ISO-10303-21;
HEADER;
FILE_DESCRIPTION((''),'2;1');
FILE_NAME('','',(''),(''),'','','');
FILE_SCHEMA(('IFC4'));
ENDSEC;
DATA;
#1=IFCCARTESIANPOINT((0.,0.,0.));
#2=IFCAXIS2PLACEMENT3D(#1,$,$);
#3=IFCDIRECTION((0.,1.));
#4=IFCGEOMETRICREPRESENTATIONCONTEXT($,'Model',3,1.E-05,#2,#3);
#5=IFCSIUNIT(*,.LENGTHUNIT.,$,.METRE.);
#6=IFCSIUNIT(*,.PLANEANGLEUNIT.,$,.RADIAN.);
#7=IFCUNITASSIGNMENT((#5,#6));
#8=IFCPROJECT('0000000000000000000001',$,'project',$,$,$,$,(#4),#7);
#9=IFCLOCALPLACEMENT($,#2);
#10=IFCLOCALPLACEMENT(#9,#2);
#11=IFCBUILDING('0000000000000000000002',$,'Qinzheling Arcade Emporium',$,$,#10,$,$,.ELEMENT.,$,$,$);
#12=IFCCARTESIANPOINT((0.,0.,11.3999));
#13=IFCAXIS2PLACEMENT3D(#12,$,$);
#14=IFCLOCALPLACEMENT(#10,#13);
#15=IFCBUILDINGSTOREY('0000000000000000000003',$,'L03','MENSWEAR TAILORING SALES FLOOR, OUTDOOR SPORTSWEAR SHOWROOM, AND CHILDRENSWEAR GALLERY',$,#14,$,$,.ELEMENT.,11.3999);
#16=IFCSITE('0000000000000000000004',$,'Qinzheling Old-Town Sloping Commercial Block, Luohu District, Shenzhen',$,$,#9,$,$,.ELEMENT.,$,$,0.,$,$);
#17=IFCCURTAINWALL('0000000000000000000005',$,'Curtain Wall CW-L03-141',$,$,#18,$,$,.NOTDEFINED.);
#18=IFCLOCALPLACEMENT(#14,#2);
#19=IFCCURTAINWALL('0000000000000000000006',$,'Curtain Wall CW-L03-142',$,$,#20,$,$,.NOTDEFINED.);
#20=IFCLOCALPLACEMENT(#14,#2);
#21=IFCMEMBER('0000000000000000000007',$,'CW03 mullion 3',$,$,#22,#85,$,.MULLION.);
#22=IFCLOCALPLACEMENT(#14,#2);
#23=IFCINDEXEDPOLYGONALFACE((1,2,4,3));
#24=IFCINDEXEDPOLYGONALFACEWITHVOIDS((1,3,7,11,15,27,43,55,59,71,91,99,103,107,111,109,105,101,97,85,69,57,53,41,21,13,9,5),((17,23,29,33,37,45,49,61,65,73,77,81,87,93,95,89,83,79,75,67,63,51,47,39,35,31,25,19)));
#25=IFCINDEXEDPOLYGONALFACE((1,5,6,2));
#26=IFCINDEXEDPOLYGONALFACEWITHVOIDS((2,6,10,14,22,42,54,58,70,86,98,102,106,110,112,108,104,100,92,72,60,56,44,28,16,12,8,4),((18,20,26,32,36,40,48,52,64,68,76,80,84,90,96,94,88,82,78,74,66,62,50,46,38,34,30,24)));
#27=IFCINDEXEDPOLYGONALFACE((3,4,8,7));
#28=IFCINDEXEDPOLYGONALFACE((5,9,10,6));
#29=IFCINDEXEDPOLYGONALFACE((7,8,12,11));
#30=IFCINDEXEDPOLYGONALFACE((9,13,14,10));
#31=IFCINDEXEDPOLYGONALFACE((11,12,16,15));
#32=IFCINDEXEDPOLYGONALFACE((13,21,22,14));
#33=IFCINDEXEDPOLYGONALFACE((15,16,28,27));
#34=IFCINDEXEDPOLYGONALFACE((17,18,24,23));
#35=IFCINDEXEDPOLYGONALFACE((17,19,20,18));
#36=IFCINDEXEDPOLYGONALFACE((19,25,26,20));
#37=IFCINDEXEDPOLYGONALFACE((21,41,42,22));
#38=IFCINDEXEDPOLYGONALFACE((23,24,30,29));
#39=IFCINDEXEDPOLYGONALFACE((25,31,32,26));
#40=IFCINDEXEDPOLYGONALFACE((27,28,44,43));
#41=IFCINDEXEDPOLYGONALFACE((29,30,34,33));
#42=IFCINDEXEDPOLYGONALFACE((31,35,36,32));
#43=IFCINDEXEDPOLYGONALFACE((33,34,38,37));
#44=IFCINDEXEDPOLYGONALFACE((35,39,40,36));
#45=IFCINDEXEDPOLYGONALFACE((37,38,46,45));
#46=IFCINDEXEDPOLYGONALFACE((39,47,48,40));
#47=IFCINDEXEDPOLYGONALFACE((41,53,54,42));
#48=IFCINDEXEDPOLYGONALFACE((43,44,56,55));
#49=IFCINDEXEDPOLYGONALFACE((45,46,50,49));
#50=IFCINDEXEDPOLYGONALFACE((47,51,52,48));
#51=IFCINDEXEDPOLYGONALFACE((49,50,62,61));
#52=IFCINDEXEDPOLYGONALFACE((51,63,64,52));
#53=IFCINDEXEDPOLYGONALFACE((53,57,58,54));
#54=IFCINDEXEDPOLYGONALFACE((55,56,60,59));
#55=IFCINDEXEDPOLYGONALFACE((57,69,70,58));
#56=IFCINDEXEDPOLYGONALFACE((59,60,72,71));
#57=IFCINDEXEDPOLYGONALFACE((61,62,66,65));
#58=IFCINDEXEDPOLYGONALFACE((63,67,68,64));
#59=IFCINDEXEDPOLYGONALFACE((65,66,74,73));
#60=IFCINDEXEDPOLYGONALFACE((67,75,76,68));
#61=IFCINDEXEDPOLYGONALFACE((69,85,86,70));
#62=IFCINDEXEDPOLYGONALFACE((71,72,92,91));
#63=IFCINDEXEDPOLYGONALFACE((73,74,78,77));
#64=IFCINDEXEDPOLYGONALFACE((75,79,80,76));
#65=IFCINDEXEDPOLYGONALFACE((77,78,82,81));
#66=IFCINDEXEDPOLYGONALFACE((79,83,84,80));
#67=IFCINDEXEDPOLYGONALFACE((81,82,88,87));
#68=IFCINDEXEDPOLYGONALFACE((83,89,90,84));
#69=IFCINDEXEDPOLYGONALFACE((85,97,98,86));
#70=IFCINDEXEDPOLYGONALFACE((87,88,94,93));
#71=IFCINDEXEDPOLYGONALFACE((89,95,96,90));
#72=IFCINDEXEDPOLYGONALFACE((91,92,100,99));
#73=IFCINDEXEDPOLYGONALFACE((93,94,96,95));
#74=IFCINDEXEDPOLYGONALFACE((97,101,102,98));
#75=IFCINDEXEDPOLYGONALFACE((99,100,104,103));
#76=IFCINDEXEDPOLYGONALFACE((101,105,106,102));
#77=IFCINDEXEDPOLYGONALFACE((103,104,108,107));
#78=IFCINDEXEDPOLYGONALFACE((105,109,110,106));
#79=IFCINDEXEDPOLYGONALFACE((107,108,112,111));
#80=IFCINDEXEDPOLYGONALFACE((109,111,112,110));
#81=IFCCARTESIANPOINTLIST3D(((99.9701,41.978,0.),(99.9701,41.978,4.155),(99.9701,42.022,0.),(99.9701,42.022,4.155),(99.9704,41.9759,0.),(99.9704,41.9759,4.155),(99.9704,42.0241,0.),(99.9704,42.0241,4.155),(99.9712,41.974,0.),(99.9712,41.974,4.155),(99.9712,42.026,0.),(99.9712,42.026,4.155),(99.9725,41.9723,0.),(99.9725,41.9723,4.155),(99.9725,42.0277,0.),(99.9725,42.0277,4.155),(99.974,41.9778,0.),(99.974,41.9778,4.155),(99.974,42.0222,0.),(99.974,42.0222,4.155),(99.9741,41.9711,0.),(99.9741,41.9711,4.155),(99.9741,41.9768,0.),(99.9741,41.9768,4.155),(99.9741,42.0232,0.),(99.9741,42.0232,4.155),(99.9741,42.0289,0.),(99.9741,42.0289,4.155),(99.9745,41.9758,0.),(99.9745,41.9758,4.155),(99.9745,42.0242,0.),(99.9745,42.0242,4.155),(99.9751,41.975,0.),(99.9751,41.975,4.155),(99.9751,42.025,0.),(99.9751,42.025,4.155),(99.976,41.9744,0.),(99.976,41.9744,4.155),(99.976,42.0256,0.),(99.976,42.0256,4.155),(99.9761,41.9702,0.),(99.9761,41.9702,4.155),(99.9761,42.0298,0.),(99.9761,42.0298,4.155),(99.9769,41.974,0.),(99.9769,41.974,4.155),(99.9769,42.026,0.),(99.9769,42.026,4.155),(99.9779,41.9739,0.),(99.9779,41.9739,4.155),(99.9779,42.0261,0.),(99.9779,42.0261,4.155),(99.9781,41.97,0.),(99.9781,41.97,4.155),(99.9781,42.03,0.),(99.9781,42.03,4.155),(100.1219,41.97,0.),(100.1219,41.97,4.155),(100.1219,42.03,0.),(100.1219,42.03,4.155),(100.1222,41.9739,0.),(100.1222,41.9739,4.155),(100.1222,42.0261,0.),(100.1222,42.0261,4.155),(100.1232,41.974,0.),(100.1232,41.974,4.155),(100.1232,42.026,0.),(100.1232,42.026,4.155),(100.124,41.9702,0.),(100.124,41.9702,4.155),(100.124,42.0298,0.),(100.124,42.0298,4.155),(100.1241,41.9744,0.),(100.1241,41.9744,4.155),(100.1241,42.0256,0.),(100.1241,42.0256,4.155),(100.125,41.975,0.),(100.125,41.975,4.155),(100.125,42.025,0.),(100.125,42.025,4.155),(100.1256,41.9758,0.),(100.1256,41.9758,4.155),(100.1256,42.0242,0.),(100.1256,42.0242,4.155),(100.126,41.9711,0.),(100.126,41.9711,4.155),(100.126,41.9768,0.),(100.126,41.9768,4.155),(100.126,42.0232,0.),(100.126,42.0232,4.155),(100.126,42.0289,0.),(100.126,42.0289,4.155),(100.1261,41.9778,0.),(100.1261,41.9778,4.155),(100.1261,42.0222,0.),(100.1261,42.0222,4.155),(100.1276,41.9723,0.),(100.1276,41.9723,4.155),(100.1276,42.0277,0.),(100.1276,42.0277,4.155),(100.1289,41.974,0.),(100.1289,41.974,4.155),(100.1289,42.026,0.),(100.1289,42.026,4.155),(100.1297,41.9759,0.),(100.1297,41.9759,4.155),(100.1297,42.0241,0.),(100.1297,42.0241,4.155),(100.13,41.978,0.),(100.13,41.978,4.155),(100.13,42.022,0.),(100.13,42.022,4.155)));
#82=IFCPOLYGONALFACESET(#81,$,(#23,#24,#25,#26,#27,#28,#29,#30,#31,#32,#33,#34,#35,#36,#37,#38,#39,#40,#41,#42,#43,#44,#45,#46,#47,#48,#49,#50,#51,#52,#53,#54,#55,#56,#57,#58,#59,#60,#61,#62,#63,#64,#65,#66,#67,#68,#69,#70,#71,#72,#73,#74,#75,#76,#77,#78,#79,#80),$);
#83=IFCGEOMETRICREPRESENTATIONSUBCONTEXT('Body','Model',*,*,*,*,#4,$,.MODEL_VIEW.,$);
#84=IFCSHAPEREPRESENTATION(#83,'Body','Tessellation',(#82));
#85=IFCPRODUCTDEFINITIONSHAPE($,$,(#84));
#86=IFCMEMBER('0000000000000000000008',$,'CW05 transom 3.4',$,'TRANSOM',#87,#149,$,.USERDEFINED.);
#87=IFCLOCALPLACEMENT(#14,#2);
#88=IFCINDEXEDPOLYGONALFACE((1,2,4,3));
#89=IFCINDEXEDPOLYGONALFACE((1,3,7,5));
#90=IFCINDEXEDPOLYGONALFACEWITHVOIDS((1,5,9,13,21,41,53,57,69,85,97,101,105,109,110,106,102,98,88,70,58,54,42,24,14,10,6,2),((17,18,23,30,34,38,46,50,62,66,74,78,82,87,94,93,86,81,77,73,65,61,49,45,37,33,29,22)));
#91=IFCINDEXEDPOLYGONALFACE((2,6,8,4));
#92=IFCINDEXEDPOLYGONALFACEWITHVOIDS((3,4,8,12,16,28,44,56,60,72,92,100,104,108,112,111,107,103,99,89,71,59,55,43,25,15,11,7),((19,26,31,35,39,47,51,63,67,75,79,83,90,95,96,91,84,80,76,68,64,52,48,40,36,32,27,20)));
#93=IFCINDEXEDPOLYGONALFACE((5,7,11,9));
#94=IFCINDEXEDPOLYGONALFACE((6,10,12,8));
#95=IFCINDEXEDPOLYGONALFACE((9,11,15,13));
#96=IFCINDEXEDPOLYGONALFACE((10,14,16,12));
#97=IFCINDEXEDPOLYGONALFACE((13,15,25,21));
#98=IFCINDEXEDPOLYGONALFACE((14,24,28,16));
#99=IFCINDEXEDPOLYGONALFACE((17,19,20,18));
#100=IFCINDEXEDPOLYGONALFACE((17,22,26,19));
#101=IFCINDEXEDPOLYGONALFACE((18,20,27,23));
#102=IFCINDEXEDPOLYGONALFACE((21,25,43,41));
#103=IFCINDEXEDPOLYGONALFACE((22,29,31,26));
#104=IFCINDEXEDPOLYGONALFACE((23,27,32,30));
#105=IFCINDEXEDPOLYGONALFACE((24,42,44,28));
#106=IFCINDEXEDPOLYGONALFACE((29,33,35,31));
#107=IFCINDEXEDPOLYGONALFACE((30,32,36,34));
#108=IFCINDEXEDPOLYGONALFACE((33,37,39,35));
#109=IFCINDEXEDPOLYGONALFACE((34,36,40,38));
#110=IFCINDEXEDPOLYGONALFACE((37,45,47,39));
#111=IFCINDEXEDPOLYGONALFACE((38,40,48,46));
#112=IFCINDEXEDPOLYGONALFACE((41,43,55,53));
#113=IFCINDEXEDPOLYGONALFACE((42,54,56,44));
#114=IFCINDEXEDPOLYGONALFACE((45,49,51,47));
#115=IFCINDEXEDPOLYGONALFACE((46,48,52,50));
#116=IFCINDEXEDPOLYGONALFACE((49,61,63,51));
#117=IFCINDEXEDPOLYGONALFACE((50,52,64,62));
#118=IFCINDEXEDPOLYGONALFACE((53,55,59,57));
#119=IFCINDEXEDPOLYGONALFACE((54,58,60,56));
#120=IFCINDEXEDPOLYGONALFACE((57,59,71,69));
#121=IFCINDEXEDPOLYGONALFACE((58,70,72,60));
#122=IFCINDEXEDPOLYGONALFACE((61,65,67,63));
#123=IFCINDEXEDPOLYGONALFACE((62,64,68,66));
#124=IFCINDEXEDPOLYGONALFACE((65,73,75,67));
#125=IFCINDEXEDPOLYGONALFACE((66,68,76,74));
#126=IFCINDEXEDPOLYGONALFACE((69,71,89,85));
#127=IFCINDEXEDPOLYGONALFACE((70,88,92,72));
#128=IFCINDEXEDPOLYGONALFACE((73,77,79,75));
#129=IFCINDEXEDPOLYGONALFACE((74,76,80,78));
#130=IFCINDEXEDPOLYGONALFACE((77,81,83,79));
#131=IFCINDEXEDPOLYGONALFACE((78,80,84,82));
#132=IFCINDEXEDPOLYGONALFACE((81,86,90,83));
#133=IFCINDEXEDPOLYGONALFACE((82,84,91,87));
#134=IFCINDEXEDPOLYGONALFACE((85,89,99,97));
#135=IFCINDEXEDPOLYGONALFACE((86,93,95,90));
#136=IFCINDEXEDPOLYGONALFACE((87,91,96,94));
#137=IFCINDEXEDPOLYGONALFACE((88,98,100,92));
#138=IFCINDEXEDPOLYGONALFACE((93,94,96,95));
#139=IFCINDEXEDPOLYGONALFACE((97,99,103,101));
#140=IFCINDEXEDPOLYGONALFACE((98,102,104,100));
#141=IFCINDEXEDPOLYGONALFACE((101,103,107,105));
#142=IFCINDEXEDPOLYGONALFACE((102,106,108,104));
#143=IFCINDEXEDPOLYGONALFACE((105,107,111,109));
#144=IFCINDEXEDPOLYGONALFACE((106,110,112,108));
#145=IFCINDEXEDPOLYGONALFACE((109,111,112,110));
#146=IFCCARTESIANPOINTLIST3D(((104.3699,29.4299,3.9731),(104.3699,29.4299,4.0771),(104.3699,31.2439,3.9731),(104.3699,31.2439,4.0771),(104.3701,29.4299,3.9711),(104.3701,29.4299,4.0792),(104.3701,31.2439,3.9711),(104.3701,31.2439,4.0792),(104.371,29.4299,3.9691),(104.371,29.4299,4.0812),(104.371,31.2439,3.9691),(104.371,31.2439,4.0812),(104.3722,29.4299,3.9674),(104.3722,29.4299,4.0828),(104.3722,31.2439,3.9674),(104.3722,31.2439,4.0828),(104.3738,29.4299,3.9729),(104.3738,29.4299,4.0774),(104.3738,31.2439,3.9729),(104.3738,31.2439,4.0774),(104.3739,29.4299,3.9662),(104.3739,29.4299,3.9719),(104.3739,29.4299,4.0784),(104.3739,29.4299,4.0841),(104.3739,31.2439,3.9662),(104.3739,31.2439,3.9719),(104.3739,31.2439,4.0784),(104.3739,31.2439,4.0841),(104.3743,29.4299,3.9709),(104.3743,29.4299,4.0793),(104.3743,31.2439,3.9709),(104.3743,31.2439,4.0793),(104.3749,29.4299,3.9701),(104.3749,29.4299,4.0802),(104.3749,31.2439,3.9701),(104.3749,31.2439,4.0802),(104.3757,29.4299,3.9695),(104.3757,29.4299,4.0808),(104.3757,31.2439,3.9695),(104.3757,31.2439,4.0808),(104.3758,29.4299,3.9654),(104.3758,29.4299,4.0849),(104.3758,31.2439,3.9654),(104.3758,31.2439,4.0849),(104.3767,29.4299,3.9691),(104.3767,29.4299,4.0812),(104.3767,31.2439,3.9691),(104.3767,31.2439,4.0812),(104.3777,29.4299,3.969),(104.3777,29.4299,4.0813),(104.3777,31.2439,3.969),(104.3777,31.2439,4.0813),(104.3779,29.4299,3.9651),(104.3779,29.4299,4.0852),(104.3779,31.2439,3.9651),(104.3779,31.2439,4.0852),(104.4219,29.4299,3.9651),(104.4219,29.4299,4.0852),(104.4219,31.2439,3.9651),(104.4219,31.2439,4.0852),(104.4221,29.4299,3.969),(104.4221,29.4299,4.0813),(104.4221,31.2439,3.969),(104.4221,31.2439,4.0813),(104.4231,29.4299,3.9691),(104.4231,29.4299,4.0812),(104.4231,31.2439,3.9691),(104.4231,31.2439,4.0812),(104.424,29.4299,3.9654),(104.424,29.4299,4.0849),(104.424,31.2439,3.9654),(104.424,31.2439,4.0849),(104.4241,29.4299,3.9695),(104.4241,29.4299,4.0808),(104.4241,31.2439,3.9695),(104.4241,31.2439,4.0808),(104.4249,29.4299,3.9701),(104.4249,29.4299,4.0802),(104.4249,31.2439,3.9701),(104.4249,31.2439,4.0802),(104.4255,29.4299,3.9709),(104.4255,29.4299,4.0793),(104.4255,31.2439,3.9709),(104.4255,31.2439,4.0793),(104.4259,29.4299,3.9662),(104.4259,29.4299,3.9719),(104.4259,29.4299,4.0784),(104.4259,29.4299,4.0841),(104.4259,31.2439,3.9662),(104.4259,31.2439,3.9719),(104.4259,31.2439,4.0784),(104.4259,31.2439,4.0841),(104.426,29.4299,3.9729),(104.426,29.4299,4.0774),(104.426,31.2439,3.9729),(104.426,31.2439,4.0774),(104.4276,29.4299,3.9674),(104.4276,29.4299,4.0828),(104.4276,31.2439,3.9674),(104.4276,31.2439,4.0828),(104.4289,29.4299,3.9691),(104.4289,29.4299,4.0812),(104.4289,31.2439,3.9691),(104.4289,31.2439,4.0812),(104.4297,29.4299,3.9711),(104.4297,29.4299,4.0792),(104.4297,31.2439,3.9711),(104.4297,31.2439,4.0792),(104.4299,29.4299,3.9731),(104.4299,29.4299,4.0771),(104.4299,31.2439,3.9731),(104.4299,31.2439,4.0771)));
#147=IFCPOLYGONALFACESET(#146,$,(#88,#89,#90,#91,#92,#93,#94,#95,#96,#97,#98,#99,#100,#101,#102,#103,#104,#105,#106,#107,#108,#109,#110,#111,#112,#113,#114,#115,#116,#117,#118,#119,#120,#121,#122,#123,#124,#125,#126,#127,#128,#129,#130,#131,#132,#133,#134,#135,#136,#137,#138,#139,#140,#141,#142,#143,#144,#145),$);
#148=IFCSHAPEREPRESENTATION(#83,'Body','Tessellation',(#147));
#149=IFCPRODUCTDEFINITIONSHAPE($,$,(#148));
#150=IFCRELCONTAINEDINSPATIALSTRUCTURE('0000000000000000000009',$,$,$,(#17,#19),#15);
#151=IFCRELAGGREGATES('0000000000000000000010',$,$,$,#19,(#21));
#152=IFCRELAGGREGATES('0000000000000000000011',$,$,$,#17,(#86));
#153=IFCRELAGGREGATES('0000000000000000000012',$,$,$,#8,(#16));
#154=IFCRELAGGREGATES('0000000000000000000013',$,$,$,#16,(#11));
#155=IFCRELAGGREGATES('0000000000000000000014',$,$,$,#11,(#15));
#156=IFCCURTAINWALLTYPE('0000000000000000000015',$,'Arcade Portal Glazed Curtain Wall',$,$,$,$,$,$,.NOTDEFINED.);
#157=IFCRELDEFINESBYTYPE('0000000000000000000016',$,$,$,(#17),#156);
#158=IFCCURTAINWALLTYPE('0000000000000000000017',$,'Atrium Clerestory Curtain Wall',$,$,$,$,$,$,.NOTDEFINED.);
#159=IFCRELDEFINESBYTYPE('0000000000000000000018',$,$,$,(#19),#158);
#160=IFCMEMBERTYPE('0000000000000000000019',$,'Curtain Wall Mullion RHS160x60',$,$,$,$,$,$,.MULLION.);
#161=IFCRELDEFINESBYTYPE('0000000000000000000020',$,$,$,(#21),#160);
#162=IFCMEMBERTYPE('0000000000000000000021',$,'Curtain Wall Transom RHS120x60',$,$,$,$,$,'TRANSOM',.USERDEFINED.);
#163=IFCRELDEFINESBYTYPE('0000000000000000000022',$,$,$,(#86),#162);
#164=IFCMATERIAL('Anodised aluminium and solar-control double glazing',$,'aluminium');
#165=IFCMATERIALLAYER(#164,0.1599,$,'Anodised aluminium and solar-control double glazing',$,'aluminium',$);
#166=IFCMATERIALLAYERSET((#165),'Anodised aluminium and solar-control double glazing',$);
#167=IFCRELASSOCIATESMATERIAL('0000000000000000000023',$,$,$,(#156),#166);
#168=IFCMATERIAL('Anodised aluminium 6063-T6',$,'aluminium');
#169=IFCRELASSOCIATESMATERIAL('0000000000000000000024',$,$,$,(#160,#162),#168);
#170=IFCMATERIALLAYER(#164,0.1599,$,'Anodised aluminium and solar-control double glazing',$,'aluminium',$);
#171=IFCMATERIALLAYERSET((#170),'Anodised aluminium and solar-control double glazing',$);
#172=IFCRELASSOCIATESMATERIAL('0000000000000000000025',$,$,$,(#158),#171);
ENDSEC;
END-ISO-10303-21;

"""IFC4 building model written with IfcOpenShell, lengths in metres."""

from ifc_helpers import new_model, si_unit, direction, frame, origin, origin_2d, place, context, subcontext, project, spatial, hollow_rectangle, extrude, material, layer, layer_set, material_profile, profile_set, type_object, element, aggregate, save


model = new_model("IFC4")

# Units and contexts
model_context = context("Model", 3, precision=1e-05, world=origin(), true_north=direction((0.0, 1.0)))
body_context = subcontext(model_context, "Body", "Model", "MODEL_VIEW")
ifc_project = project(units=[si_unit("LENGTHUNIT", "METRE"), si_unit("PLANEANGLEUNIT", "RADIAN")], contexts=[model_context])

# Site, building, storey
site_placement = place(None, origin())
site = spatial("IfcSite", under=ifc_project, at=site_placement, Name="Qinzheling Old-Town Sloping Commercial Block, Luohu District, Shenzhen", CompositionType="ELEMENT", RefElevation=0.0)
building_placement = place(site_placement, origin())
building = spatial("IfcBuilding", under=site, at=building_placement, Name="Qinzheling Arcade Emporium", CompositionType="ELEMENT")
storey_placement = place(building_placement, frame((0.0, 0.0, 11.3999)))
storey = spatial("IfcBuildingStorey", under=building, at=storey_placement, Name="L03", Description="MENSWEAR TAILORING SALES FLOOR, OUTDOOR SPORTSWEAR SHOWROOM, AND CHILDRENSWEAR GALLERY", CompositionType="ELEMENT", Elevation=11.3999)

# Curtain wall
ifc_material_1 = material(Name="Anodised aluminium and solar-control double glazing", Category="aluminium")
ifc_layer_1 = layer(ifc_material_1, 0.1599, Name="Anodised aluminium and solar-control double glazing", Category="aluminium")
ifc_layer_set_1 = layer_set([ifc_layer_1], Name="Anodised aluminium and solar-control double glazing")
curtain_wall_type_1 = type_object("IfcCurtainWallType", Name="Arcade Portal Glazed Curtain Wall", PredefinedType="NOTDEFINED", material=ifc_layer_set_1)
curtain_wall_1_placement = place(storey_placement, origin())
curtain_wall_1 = element("IfcCurtainWall", 1, at=curtain_wall_1_placement, inside=storey, type_object=curtain_wall_type_1, Name="Curtain Wall CW-L03-141", PredefinedType="NOTDEFINED")
ifc_material_2 = material(Name="Anodised aluminium 6063-T6", Category="aluminium")
ifc_material_profile_1 = material_profile(ifc_material_2, hollow_rectangle(XDim=0.0601, YDim=0.1599, WallThickness=0.0039, InnerFilletRadius=0.0039, OuterFilletRadius=0.0081, at=origin_2d()), Name="RHS 160x60x4", Category="aluminium")
ifc_profile_set_1 = profile_set([ifc_material_profile_1], Name="Anodised aluminium 6063-T6")
member_type_1 = type_object("IfcMemberType", Name="Curtain Wall Mullion RHS160x60", PredefinedType="MULLION", material=ifc_profile_set_1)

# Curtain wall, member
ifc_layer_2 = layer(ifc_material_1, 0.1599, Name="Anodised aluminium and solar-control double glazing", Category="aluminium")
ifc_layer_set_2 = layer_set([ifc_layer_2], Name="Anodised aluminium and solar-control double glazing")
curtain_wall_type_2 = type_object("IfcCurtainWallType", Name="Atrium Clerestory Curtain Wall", PredefinedType="NOTDEFINED", material=ifc_layer_set_2)
curtain_wall_2_placement = place(storey_placement, origin())
curtain_wall_2 = element("IfcCurtainWall", 2, at=curtain_wall_2_placement, inside=storey, type_object=curtain_wall_type_2, Name="Curtain Wall CW-L03-142", PredefinedType="NOTDEFINED")
member_1_placement = place(storey_placement, frame((100.05, 42.0, 0.0), z_axis=(0.0, 0.0, 1.0), x_axis=(0.0, -1.0, 0.0)))
member_1 = element("IfcMember", 3, at=member_1_placement, type_object=member_type_1, Name="CW03 mullion 3", PredefinedType="MULLION", context=body_context, shape_type="SweptSolid", body=[
    extrude(hollow_rectangle(XDim=0.0601, YDim=0.1599, WallThickness=0.0039, InnerFilletRadius=0.0039, OuterFilletRadius=0.0081, at=origin_2d()), origin(), (0.0, 0.0, 1.0), 4.155),
])
aggregate(curtain_wall_2, [member_1])

# Member
ifc_material_profile_2 = material_profile(ifc_material_2, hollow_rectangle(XDim=0.0601, YDim=0.1201, WallThickness=0.0039, InnerFilletRadius=0.0039, OuterFilletRadius=0.0081, at=origin_2d()), Name="RHS 120x60x4", Category="aluminium")
ifc_profile_set_2 = profile_set([ifc_material_profile_2], Name="Anodised aluminium 6063-T6")
member_type_2 = type_object("IfcMemberType", Name="Curtain Wall Transom RHS120x60", ElementType="TRANSOM", PredefinedType="USERDEFINED", material=ifc_profile_set_2)
member_2_placement = place(storey_placement, frame((104.3999, 29.4299, 4.0251), z_axis=(0.0, 1.0, 0.0), x_axis=(-1.0, 0.0, 0.0)))
member_2 = element("IfcMember", 4, at=member_2_placement, type_object=member_type_2, Name="CW05 transom 3.4", ObjectType="TRANSOM", PredefinedType="USERDEFINED", context=body_context, shape_type="SweptSolid", body=[
    extrude(hollow_rectangle(XDim=0.0601, YDim=0.1201, WallThickness=0.0039, InnerFilletRadius=0.0039, OuterFilletRadius=0.0081, at=origin_2d()), origin(), (0.0, 0.0, 1.0), 1.814),
])

aggregate(curtain_wall_1, [member_2])

save(model, "model.ifc")
